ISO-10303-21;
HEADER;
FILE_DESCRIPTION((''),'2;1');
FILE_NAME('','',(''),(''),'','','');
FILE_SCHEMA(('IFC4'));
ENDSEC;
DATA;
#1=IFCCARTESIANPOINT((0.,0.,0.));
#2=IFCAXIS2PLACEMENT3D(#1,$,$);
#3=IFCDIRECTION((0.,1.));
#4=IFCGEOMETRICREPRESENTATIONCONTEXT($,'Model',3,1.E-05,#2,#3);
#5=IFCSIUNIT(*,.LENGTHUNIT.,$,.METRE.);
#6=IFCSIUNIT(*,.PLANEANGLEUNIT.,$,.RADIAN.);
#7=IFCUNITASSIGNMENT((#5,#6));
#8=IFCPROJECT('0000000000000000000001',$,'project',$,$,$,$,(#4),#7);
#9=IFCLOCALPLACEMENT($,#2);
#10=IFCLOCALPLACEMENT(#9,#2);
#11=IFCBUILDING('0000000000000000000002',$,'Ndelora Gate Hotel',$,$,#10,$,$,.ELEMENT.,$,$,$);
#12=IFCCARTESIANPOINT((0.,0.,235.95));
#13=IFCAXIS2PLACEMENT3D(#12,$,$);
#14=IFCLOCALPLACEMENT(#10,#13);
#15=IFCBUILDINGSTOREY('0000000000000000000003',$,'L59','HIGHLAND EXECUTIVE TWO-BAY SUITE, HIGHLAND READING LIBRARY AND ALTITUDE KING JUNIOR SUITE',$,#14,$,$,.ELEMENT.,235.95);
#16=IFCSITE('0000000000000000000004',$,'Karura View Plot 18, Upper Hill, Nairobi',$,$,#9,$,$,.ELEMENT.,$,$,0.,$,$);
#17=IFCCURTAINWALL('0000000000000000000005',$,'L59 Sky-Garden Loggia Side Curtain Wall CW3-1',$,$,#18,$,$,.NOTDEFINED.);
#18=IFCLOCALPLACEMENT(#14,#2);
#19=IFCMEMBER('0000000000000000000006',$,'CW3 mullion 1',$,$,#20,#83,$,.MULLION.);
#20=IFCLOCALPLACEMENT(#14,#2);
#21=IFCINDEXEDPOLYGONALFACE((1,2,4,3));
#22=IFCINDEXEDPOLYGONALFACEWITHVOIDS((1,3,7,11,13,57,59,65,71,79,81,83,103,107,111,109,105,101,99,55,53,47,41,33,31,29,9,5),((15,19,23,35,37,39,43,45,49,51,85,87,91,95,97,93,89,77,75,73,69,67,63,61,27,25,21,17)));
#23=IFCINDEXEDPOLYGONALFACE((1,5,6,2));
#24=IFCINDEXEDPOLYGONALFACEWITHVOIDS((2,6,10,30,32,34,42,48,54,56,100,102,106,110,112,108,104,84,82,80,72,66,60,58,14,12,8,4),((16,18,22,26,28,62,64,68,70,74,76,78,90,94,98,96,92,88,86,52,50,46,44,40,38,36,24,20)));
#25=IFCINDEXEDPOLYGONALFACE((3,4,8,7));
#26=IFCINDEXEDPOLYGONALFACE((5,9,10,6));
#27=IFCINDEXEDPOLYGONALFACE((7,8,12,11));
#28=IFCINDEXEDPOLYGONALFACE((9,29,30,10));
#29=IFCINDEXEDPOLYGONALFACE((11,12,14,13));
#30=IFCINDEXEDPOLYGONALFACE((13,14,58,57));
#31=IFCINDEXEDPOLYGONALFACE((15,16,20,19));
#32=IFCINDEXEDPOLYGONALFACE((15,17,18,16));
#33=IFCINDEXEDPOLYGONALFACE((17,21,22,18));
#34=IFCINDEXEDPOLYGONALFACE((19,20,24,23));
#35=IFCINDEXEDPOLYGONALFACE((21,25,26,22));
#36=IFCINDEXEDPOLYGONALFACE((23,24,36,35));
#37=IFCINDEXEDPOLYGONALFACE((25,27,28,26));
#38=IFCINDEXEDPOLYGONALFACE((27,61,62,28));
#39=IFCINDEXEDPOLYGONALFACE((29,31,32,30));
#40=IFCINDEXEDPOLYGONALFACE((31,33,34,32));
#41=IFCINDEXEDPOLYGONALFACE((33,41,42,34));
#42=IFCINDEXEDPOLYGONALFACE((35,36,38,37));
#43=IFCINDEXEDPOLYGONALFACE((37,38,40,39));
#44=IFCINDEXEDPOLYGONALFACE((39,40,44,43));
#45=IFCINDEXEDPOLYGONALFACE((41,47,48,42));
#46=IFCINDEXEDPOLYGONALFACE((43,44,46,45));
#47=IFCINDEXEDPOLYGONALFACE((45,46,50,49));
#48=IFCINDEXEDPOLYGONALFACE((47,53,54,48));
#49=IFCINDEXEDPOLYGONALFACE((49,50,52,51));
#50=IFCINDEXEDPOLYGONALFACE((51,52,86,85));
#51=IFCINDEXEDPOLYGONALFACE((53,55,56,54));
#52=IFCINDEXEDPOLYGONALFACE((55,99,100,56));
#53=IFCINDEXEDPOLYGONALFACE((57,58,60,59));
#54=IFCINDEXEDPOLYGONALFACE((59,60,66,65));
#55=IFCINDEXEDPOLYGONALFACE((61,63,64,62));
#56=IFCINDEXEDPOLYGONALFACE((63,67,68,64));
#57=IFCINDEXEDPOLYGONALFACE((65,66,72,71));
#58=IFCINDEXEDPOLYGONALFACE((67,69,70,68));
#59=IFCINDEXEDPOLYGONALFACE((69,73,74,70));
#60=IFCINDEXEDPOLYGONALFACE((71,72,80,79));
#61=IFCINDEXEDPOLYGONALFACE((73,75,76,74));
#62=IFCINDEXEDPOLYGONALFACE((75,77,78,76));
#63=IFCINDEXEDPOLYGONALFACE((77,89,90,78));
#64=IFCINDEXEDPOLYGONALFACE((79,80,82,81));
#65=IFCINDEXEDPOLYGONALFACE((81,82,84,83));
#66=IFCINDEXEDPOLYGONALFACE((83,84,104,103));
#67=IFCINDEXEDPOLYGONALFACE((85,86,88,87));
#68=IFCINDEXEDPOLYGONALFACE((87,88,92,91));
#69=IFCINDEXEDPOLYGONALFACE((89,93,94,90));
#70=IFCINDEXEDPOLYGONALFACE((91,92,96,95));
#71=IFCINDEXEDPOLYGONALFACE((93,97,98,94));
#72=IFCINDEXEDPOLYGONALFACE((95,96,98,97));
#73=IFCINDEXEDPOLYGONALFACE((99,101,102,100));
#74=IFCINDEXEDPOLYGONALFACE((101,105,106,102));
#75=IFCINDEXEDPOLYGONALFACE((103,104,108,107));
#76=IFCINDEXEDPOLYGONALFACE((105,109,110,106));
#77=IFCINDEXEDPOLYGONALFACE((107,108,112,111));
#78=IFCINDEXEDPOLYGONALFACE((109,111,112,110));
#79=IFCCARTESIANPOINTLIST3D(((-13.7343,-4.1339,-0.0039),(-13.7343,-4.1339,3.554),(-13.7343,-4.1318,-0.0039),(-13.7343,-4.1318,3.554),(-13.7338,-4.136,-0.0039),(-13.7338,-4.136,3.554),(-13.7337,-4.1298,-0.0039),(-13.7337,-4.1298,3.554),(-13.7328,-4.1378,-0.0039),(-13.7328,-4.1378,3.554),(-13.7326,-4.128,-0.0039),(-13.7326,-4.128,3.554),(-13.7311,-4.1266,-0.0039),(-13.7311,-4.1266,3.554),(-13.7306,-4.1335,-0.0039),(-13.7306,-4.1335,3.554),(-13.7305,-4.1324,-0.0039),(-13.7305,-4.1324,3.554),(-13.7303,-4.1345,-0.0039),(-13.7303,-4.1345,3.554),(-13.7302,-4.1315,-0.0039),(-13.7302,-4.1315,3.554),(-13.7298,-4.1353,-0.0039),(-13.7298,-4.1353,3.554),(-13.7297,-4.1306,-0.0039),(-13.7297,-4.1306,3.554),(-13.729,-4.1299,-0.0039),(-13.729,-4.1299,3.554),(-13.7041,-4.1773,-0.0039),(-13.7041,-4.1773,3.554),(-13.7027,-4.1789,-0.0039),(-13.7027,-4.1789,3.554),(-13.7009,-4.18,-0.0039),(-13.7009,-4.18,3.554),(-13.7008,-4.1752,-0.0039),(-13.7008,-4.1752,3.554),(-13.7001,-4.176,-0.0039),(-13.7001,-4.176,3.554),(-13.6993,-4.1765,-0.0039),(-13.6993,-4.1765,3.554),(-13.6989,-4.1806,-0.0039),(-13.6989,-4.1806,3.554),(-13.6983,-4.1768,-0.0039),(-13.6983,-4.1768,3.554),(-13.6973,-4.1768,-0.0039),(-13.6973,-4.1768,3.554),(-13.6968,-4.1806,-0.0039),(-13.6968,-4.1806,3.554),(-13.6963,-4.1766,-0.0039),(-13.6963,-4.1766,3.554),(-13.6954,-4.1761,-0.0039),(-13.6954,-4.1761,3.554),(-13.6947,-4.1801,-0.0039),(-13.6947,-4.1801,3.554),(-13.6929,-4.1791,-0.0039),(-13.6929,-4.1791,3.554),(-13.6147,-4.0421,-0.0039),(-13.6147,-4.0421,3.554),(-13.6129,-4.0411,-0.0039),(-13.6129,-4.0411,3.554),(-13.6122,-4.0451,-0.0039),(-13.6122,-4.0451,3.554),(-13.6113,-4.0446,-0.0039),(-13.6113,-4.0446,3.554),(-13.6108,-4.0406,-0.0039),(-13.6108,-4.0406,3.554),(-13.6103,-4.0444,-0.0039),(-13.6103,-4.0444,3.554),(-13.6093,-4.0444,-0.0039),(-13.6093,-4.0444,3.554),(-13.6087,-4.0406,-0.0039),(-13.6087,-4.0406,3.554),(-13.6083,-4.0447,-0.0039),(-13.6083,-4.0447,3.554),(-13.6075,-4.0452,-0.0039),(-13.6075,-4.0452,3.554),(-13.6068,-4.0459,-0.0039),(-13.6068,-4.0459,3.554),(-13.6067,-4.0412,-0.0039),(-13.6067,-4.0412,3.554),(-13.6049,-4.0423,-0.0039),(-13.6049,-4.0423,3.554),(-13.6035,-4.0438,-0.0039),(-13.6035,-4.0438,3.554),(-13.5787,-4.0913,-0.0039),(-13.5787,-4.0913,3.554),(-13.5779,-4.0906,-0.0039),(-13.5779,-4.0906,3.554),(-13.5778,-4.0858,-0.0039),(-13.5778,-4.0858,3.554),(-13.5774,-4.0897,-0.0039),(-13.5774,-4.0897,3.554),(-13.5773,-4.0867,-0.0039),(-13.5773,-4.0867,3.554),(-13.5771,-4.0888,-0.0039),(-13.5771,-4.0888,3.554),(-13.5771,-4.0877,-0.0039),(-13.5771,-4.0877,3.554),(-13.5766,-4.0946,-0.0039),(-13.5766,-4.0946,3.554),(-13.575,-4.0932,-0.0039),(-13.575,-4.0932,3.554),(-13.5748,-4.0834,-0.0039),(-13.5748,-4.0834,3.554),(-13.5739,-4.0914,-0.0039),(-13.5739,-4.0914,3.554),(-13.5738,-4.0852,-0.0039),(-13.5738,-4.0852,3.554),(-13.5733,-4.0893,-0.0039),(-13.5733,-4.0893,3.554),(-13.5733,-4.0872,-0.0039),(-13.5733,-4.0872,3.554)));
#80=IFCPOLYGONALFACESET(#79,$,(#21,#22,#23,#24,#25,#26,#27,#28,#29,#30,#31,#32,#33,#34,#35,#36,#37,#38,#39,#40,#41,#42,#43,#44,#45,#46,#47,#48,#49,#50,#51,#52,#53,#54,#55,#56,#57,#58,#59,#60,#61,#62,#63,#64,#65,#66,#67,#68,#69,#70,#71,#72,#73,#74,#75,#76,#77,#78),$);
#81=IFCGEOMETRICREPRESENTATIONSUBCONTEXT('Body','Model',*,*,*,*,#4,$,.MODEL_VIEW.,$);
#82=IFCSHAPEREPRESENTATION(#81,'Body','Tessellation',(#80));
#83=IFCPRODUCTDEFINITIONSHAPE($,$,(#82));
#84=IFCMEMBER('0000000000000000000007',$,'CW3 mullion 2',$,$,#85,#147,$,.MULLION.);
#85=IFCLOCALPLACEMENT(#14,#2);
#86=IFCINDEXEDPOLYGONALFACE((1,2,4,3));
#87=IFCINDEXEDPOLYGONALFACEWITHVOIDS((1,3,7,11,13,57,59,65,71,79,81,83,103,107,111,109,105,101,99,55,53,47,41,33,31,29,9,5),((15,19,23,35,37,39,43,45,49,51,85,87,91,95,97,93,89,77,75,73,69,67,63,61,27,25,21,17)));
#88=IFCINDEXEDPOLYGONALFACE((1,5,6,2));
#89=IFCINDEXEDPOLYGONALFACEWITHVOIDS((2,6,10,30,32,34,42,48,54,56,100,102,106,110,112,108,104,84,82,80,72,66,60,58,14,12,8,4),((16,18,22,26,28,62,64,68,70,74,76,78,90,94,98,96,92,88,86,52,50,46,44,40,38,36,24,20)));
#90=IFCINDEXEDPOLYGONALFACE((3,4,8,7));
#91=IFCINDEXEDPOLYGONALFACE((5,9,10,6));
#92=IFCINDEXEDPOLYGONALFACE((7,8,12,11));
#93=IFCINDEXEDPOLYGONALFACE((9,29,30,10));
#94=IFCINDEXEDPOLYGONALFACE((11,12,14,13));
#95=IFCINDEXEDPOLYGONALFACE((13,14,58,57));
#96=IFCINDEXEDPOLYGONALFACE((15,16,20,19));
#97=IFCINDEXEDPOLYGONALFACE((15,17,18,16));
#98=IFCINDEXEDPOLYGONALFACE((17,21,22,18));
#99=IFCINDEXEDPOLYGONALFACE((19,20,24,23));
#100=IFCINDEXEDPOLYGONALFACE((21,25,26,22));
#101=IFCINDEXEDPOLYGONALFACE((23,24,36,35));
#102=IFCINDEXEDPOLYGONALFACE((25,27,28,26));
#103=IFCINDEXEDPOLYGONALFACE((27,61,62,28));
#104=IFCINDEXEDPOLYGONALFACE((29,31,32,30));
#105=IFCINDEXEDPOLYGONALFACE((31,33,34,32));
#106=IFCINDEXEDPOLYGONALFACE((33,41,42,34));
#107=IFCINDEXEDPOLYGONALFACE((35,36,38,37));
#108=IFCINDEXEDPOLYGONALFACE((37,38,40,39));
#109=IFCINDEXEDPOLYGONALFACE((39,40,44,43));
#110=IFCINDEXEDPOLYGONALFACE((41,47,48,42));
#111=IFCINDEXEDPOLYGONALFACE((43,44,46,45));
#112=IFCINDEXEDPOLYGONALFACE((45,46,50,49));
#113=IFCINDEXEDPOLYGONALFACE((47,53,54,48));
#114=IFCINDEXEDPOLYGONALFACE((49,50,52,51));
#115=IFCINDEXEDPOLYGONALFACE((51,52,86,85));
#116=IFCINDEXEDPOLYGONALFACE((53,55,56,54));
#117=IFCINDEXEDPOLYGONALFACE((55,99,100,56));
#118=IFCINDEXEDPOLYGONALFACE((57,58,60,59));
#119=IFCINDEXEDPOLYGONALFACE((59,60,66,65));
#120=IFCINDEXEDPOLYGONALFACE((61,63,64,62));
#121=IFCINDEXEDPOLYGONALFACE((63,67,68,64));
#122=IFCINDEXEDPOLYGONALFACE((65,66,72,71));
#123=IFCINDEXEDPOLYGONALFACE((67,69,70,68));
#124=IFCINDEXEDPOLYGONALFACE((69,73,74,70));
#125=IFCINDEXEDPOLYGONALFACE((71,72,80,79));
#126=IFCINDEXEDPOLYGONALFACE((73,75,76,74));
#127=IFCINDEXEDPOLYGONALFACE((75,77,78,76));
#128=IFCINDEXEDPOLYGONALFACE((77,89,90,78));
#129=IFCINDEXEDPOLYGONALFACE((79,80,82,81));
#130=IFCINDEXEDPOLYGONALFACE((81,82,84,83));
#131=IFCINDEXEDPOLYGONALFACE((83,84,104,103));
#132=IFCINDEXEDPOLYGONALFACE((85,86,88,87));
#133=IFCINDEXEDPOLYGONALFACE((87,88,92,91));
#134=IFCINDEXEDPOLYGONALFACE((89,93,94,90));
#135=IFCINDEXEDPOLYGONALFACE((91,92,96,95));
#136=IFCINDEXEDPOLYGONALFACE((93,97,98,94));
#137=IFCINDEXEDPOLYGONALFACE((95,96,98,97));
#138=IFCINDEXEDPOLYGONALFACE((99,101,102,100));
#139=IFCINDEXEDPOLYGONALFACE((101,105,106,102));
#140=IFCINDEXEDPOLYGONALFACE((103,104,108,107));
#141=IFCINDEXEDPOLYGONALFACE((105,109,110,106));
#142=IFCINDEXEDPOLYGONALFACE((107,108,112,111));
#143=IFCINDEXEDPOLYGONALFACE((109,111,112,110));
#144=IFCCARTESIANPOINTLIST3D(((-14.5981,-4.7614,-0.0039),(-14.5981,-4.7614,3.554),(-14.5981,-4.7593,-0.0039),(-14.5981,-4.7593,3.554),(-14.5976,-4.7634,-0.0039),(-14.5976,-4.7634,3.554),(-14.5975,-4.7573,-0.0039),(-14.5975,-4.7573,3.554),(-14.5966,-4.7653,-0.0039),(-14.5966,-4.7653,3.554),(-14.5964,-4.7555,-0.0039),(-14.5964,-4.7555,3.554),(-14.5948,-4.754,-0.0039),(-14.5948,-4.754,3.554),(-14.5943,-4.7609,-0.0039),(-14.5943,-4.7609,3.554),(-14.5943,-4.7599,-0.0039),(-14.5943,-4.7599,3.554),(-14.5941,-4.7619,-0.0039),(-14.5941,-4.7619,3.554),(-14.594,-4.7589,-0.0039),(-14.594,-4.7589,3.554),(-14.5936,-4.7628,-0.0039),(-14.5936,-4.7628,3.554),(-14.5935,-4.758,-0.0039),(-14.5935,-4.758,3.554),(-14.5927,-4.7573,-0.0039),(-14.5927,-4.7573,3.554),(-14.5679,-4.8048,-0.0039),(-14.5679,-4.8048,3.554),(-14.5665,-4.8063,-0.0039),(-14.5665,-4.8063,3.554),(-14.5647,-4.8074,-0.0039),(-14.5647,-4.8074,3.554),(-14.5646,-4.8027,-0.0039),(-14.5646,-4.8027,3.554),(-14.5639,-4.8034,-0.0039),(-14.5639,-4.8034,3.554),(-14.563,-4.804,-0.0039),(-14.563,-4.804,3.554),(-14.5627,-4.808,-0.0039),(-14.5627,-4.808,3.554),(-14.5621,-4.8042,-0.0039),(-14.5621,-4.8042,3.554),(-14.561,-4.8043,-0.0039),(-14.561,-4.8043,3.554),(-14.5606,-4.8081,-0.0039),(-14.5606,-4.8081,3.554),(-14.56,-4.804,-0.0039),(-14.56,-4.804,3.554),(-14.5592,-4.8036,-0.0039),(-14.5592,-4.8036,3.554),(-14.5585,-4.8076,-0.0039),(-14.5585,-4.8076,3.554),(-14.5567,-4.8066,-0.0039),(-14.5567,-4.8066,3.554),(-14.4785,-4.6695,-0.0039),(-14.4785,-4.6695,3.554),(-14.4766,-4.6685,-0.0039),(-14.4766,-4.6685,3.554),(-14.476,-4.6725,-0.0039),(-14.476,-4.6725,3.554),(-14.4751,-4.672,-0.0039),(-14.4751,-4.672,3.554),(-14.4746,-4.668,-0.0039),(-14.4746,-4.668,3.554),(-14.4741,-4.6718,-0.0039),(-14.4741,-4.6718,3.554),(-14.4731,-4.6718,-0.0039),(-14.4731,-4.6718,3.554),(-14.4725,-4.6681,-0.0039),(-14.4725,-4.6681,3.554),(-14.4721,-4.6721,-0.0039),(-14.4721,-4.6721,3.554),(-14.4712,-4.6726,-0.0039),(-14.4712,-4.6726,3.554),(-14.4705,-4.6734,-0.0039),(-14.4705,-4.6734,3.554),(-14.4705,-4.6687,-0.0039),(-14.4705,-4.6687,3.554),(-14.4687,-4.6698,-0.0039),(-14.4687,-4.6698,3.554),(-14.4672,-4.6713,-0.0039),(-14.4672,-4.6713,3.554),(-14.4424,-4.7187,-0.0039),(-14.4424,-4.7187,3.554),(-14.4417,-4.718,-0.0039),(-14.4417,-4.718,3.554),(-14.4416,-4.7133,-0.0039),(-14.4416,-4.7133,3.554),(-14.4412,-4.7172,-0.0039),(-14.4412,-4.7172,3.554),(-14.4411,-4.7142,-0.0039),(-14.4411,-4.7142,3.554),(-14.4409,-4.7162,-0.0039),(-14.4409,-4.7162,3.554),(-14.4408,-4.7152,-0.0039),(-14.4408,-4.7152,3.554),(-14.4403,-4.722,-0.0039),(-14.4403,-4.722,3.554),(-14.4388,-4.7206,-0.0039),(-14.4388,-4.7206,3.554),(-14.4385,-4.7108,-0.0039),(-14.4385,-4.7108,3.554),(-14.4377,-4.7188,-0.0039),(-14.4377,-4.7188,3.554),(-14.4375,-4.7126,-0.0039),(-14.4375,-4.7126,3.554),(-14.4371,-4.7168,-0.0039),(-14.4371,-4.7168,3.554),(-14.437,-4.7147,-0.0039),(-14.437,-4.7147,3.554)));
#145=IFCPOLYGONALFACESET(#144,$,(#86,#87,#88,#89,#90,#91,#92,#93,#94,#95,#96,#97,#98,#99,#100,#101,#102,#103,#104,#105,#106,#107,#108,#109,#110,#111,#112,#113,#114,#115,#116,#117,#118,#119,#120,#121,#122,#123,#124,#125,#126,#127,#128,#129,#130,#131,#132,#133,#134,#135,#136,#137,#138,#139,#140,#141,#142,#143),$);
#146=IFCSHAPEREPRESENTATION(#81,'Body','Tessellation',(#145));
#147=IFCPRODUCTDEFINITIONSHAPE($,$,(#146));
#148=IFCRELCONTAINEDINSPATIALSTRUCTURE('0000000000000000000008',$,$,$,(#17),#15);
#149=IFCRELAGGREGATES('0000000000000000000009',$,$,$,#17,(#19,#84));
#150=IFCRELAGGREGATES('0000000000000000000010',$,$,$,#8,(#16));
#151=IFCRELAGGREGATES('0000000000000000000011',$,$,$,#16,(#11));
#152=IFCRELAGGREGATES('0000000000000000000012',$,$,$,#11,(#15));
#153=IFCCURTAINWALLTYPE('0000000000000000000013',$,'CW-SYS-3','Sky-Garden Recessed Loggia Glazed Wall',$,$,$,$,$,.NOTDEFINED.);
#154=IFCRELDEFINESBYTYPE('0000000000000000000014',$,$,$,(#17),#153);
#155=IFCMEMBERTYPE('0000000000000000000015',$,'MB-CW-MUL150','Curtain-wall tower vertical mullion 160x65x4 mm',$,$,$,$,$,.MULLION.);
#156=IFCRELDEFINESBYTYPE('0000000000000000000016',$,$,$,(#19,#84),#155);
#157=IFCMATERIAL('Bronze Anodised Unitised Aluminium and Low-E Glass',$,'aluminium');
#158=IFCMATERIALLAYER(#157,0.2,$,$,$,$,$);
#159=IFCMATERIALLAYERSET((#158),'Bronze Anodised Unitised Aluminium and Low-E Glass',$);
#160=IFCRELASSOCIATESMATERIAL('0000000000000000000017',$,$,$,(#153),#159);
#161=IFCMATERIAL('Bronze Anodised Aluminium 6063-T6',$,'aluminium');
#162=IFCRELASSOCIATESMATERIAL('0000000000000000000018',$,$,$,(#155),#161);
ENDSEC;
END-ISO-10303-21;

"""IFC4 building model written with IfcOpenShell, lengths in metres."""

from ifc_helpers import new_model, si_unit, direction, frame, origin, origin_2d, place, context, subcontext, project, spatial, hollow_rectangle, extrude, material, layer, layer_set, material_profile, profile_set, type_object, element, aggregate, save


model = new_model("IFC4")

# Units and contexts
model_context = context("Model", 3, precision=1e-05, world=origin(), true_north=direction((0.0, 1.0)))
body_context = subcontext(model_context, "Body", "Model", "MODEL_VIEW")
ifc_project = project(units=[si_unit("LENGTHUNIT", "METRE"), si_unit("PLANEANGLEUNIT", "RADIAN")], contexts=[model_context])

# Site, building, storey
site_placement = place(None, origin())
site = spatial("IfcSite", under=ifc_project, at=site_placement, Name="Karura View Plot 18, Upper Hill, Nairobi", CompositionType="ELEMENT", RefElevation=0.0)
building_placement = place(site_placement, origin())
building = spatial("IfcBuilding", under=site, at=building_placement, Name="Ndelora Gate Hotel", CompositionType="ELEMENT")
storey_placement = place(building_placement, frame((0.0, 0.0, 235.95)))
storey = spatial("IfcBuildingStorey", under=building, at=storey_placement, Name="L59", Description="HIGHLAND EXECUTIVE TWO-BAY SUITE, HIGHLAND READING LIBRARY AND ALTITUDE KING JUNIOR SUITE", CompositionType="ELEMENT", Elevation=235.95)

# Curtain wall, members
ifc_material_1 = material(Name="Bronze Anodised Unitised Aluminium and Low-E Glass", Category="aluminium")
ifc_layer_1 = layer(ifc_material_1, 0.2)
ifc_layer_set_1 = layer_set([ifc_layer_1], Name="Bronze Anodised Unitised Aluminium and Low-E Glass")
curtain_wall_type = type_object("IfcCurtainWallType", Name="CW-SYS-3", Description="Sky-Garden Recessed Loggia Glazed Wall", PredefinedType="NOTDEFINED", material=ifc_layer_set_1)
curtain_wall_placement = place(storey_placement, origin())
curtain_wall = element("IfcCurtainWall", 1, at=curtain_wall_placement, inside=storey, type_object=curtain_wall_type, Name="L59 Sky-Garden Loggia Side Curtain Wall CW3-1", PredefinedType="NOTDEFINED")
ifc_material_2 = material(Name="Bronze Anodised Aluminium 6063-T6", Category="aluminium")
ifc_material_profile_1 = material_profile(ifc_material_2, hollow_rectangle(XDim=0.0649, YDim=0.1599, WallThickness=0.0039, InnerFilletRadius=0.0039, OuterFilletRadius=0.0081, at=origin_2d()), Name="ALU 160x65x4")
ifc_profile_set_1 = profile_set([ifc_material_profile_1], Name="Bronze Anodised Aluminium 6063-T6")
member_type_1 = type_object("IfcMemberType", Name="MB-CW-MUL150", Description="Curtain-wall tower vertical mullion 160x65x4 mm", PredefinedType="MULLION", material=ifc_profile_set_1)
member_1_placement = place(storey_placement, frame((-13.6538, -4.1106, -0.0039), z_axis=(0.0, 0.0, 1.0), x_axis=(0.587785, -0.809017, 0.0)))
member_1 = element("IfcMember", 2, at=member_1_placement, type_object=member_type_1, Name="CW3 mullion 1", PredefinedType="MULLION", context=body_context, shape_type="SweptSolid", body=[
    extrude(hollow_rectangle(XDim=0.0649, YDim=0.1599, WallThickness=0.0039, InnerFilletRadius=0.0039, OuterFilletRadius=0.0081, at=origin_2d()), origin(), (0.0, 0.0, 1.0), 3.5579),
])
member_2_placement = place(storey_placement, frame((-14.5176, -4.738, -0.0039), z_axis=(0.0, 0.0, 1.0), x_axis=(0.587785, -0.809017, 0.0)))
member_2 = element("IfcMember", 3, at=member_2_placement, type_object=member_type_1, Name="CW3 mullion 2", PredefinedType="MULLION", context=body_context, shape_type="SweptSolid", body=[
    extrude(hollow_rectangle(XDim=0.0649, YDim=0.1599, WallThickness=0.0039, InnerFilletRadius=0.0039, OuterFilletRadius=0.0081, at=origin_2d()), origin(), (0.0, 0.0, 1.0), 3.5579),
])
aggregate(curtain_wall, [member_1, member_2])

save(model, "model.ifc")
